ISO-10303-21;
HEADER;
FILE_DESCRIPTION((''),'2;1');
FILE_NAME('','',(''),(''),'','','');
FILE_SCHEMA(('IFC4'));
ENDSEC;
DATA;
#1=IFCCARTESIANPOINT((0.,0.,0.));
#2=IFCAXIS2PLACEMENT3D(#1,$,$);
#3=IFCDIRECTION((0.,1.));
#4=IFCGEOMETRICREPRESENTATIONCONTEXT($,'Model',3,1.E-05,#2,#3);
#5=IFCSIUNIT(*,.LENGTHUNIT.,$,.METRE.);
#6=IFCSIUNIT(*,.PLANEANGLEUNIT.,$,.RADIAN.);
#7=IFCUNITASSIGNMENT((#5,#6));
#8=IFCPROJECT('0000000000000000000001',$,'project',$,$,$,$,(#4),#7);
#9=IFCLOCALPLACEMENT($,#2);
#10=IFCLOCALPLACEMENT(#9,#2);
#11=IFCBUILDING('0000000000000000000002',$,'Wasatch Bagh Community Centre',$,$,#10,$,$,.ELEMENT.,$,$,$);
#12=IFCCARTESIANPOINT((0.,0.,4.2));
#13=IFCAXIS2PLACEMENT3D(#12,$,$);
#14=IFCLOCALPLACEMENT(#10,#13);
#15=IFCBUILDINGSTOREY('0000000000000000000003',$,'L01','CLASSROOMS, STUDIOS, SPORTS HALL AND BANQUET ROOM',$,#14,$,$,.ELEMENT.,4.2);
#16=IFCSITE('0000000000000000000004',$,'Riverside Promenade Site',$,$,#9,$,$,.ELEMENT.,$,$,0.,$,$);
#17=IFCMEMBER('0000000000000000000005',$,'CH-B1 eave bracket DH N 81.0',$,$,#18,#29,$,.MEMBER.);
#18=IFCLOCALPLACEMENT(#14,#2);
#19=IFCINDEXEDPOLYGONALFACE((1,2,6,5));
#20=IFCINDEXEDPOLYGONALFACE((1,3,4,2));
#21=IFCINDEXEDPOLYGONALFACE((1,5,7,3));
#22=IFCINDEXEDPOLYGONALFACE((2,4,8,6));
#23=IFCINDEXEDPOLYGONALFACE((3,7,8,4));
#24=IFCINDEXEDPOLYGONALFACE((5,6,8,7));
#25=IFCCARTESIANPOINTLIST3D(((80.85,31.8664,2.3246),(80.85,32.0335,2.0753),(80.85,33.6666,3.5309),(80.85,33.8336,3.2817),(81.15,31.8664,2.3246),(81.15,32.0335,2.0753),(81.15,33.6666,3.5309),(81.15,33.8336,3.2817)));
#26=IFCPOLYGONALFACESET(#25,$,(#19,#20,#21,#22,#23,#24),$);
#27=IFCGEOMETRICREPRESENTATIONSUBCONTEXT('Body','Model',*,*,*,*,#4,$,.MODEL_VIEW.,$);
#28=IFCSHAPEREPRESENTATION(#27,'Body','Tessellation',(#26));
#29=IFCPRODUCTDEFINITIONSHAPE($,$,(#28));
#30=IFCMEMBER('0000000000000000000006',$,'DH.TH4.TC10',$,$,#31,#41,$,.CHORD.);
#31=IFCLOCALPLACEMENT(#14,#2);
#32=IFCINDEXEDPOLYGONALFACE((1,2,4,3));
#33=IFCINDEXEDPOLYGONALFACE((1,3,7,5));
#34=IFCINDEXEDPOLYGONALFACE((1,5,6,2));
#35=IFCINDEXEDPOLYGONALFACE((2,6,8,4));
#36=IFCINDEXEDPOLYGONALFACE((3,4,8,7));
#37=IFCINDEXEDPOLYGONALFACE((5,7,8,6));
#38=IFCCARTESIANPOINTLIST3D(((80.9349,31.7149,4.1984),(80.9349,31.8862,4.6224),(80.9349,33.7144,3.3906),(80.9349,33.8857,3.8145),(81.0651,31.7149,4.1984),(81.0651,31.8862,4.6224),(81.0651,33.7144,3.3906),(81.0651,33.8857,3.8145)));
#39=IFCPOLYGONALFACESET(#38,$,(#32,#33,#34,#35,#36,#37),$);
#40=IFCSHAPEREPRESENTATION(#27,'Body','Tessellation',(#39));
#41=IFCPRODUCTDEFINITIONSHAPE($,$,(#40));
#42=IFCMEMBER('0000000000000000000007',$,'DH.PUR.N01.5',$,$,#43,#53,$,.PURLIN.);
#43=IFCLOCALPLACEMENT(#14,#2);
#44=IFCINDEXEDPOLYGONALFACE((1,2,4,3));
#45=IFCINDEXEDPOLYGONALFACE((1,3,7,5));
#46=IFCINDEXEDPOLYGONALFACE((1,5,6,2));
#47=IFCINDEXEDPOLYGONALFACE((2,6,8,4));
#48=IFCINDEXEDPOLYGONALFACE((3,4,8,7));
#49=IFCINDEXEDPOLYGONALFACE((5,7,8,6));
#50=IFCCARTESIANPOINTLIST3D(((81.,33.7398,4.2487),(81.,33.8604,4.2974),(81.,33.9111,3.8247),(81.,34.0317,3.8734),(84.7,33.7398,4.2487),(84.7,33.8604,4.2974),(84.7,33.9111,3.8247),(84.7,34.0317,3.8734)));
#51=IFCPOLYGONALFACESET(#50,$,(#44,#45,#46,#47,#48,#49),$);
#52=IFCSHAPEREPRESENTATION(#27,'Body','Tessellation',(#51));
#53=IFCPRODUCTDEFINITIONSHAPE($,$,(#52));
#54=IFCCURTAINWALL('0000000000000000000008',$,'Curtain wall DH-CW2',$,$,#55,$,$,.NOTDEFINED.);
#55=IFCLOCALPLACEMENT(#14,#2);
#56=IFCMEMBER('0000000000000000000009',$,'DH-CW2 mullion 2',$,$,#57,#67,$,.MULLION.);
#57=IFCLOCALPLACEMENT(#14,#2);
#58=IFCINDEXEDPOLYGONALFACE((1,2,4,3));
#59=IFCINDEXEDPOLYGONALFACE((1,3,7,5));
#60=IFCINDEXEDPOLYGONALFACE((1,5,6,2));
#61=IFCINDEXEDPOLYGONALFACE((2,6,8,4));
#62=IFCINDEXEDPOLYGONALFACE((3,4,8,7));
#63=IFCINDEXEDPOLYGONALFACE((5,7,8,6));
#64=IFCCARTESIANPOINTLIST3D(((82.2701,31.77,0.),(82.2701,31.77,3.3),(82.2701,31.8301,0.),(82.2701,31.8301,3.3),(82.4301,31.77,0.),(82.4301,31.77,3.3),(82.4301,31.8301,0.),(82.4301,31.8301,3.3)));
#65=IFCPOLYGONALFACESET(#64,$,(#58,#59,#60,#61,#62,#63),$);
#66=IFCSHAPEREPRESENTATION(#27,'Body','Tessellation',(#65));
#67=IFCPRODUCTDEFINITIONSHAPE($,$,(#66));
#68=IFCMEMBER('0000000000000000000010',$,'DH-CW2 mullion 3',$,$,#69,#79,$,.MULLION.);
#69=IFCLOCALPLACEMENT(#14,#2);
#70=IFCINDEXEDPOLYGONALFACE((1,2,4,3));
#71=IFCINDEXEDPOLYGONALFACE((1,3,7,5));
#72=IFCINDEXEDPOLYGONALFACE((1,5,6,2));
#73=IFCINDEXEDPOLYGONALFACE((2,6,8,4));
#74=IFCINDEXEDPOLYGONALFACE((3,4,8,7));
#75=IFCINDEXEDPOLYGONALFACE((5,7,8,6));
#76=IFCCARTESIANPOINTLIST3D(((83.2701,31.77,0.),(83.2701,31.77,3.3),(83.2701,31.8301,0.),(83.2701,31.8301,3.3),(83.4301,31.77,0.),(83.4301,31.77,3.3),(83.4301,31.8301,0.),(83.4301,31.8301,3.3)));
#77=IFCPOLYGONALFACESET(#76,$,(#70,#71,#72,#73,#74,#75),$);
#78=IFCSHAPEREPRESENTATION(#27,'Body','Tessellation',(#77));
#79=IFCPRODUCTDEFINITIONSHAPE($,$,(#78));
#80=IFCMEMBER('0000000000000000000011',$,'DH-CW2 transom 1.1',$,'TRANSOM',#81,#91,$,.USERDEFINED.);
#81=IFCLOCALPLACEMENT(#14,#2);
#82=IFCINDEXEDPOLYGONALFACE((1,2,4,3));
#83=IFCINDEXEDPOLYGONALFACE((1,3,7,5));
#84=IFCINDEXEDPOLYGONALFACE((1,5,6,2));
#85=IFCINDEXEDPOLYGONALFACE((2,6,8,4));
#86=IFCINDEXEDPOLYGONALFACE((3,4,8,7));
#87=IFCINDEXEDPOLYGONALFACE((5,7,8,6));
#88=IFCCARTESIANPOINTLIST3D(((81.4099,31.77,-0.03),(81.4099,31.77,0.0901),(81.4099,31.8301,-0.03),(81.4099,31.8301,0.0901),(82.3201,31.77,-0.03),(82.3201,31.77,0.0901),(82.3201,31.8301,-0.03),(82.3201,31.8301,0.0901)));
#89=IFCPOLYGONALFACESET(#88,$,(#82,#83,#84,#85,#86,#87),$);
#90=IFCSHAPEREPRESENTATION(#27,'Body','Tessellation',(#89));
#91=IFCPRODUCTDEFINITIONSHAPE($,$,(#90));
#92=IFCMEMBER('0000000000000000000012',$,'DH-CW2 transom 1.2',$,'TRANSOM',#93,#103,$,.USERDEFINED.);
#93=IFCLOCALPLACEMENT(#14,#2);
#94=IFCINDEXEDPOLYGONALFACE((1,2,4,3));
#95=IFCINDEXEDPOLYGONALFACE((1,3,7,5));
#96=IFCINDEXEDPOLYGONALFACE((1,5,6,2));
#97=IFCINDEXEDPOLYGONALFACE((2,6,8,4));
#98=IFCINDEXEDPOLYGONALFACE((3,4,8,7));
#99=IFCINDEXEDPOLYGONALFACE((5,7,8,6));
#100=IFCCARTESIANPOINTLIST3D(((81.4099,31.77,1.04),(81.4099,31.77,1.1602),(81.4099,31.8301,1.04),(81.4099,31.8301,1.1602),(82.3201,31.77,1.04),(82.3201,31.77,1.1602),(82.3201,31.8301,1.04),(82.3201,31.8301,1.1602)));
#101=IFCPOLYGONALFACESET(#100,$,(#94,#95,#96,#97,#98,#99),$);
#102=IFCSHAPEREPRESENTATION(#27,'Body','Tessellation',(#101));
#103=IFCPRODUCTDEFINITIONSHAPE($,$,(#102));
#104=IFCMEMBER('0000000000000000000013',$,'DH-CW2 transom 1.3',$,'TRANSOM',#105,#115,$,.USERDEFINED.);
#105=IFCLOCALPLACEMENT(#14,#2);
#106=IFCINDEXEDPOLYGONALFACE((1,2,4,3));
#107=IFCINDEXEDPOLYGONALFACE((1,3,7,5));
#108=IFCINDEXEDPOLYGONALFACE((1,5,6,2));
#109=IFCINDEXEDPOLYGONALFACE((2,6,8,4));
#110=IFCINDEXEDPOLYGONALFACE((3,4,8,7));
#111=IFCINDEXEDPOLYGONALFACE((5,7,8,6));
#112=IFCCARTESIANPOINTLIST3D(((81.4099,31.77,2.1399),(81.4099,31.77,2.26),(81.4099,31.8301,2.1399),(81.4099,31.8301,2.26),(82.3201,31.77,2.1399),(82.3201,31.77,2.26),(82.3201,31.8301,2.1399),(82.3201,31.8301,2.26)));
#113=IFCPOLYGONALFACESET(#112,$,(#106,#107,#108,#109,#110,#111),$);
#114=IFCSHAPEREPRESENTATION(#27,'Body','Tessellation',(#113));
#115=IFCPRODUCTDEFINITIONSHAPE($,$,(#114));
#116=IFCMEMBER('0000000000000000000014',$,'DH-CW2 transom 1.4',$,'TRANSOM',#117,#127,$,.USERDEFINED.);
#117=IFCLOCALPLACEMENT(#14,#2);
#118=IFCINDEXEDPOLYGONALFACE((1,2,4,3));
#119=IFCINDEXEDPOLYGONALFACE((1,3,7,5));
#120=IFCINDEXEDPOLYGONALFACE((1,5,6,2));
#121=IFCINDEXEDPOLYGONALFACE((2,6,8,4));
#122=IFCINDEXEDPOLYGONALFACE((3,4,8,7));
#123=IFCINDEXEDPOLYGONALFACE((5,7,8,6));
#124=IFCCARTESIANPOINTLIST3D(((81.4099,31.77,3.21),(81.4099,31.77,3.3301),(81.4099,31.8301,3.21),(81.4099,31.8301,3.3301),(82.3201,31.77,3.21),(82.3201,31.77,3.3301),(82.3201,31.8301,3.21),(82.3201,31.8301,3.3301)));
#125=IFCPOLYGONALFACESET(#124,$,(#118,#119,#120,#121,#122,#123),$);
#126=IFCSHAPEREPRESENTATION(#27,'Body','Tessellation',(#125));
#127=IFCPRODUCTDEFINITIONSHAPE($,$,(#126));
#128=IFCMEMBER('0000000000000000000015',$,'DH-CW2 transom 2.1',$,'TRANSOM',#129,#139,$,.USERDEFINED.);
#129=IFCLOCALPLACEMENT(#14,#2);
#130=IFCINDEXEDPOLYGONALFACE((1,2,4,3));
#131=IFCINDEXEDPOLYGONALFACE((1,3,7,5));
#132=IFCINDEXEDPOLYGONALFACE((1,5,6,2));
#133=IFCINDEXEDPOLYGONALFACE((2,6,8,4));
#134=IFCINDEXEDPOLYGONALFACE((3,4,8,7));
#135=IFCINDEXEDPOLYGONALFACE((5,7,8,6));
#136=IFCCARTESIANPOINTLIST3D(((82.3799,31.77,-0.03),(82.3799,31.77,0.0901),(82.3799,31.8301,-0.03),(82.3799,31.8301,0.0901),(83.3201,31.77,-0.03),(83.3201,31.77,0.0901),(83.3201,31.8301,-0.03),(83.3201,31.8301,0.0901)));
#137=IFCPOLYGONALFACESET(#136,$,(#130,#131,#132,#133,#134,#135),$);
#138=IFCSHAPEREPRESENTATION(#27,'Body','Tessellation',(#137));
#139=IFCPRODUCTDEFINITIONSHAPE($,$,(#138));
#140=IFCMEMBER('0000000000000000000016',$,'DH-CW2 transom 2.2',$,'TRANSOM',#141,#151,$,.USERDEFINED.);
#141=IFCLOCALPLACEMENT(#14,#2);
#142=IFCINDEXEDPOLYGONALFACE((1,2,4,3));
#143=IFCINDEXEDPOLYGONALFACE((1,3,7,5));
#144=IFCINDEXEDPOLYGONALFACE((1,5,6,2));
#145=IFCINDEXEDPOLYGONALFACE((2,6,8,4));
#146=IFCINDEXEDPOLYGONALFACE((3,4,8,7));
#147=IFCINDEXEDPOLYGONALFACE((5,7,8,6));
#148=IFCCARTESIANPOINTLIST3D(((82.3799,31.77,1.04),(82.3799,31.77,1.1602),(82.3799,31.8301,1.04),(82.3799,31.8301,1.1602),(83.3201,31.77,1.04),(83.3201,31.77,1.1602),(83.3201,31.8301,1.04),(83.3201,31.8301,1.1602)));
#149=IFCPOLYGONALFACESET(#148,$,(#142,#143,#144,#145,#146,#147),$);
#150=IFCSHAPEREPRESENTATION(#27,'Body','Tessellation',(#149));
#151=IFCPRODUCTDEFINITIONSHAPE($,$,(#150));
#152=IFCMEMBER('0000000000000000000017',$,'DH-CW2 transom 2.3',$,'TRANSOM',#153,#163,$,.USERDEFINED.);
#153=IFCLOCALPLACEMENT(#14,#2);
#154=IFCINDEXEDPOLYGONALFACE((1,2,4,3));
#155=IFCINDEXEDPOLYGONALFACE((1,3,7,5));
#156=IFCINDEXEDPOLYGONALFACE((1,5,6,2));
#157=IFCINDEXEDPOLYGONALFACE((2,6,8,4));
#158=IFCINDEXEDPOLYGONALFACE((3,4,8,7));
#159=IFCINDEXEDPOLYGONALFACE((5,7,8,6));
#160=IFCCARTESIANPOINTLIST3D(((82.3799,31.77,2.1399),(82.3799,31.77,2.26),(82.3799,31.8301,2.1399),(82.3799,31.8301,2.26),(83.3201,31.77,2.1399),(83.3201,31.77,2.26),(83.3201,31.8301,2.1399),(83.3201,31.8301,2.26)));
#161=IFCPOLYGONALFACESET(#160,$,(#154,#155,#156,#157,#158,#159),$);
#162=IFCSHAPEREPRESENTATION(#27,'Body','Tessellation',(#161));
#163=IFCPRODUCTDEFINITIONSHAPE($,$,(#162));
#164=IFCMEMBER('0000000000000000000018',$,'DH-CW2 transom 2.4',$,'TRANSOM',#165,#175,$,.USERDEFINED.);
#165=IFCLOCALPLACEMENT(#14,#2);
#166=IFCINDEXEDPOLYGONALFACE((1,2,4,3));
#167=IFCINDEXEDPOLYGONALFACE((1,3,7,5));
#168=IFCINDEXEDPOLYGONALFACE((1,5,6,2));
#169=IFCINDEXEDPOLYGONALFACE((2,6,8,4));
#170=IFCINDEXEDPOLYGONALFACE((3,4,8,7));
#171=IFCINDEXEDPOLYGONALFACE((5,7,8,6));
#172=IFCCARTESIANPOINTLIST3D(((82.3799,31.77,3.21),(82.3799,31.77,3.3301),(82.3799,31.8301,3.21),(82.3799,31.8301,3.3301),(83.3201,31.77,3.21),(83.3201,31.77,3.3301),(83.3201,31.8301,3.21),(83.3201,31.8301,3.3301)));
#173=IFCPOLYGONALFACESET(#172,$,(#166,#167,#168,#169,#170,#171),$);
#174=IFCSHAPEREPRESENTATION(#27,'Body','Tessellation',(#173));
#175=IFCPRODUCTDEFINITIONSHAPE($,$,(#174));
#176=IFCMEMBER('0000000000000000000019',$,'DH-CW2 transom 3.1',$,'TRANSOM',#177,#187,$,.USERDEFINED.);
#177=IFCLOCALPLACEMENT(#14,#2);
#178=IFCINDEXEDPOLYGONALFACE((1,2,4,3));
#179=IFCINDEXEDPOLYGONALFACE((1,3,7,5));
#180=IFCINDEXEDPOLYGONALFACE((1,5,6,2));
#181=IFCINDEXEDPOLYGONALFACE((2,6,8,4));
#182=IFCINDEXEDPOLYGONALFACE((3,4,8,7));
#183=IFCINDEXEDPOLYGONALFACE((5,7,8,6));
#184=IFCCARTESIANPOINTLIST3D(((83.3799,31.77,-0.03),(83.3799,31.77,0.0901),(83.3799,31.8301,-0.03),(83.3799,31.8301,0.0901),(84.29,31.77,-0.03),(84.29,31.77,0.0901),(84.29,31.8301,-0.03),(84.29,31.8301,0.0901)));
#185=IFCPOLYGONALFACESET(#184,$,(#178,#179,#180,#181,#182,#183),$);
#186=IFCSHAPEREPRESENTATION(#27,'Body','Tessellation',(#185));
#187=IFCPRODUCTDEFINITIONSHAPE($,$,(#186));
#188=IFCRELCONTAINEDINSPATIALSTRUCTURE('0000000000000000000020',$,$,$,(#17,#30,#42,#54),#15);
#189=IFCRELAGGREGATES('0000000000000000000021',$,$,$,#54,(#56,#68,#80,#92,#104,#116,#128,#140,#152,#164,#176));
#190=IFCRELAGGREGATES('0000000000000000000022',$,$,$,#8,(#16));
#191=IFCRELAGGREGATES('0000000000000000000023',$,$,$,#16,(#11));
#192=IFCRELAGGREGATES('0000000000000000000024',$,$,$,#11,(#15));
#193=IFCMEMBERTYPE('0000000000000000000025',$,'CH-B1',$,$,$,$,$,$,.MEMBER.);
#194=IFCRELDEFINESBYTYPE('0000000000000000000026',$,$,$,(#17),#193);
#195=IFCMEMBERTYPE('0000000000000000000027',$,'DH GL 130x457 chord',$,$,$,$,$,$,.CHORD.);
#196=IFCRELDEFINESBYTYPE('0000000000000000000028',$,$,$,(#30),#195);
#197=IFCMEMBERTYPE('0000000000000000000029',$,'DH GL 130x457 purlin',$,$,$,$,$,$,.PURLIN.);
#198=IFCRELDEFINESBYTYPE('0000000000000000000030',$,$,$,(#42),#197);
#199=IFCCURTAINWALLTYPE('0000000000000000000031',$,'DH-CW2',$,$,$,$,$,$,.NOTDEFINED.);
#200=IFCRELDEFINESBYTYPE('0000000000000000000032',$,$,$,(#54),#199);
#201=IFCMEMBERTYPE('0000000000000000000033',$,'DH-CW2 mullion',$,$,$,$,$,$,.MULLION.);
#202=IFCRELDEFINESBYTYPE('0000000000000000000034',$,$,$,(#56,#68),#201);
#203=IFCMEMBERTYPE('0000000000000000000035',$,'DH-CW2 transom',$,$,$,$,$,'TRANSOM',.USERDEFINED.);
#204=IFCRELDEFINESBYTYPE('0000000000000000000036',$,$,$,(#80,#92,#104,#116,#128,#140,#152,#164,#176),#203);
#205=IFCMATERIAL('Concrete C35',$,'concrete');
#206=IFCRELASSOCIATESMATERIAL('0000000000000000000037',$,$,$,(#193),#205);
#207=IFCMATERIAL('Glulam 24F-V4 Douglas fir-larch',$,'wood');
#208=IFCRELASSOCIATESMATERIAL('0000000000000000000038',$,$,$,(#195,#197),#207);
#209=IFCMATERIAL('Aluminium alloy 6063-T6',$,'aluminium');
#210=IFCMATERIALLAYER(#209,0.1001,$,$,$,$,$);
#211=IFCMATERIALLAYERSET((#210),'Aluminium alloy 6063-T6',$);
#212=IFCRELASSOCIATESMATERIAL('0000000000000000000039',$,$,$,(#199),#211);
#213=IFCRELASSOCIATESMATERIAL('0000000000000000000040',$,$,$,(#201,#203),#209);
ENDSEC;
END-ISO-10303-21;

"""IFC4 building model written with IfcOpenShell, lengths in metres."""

from ifc_helpers import new_model, si_unit, direction, frame, origin, origin_2d, place, context, subcontext, project, spatial, rectangle, extrude, material, layer, layer_set, material_profile, profile_set, type_object, element, aggregate, save


model = new_model("IFC4")

# Units and contexts
model_context = context("Model", 3, precision=1e-05, world=origin(), true_north=direction((0.0, 1.0)))
body_context = subcontext(model_context, "Body", "Model", "MODEL_VIEW")
ifc_project = project(units=[si_unit("LENGTHUNIT", "METRE"), si_unit("PLANEANGLEUNIT", "RADIAN")], contexts=[model_context])

# Site, building, storey
site_placement = place(None, origin())
site = spatial("IfcSite", under=ifc_project, at=site_placement, Name="Riverside Promenade Site", CompositionType="ELEMENT", RefElevation=0.0)
building_placement = place(site_placement, origin())
building = spatial("IfcBuilding", under=site, at=building_placement, Name="Wasatch Bagh Community Centre", CompositionType="ELEMENT")
storey_placement = place(building_placement, frame((0.0, 0.0, 4.2)))
storey = spatial("IfcBuildingStorey", under=building, at=storey_placement, Name="L01", Description="CLASSROOMS, STUDIOS, SPORTS HALL AND BANQUET ROOM", CompositionType="ELEMENT", Elevation=4.2)

# Members
ifc_material_1 = material(Name="Concrete C35", Category="concrete")
ifc_material_profile_1 = material_profile(ifc_material_1, rectangle(XDim=0.3, YDim=0.3, at=origin_2d()), Name="RC 300x300")
ifc_profile_set_1 = profile_set([ifc_material_profile_1], Name="Concrete C35")
member_type_1 = type_object("IfcMemberType", Name="CH-B1", PredefinedType="MEMBER", material=ifc_profile_set_1)
member_1_placement = place(storey_placement, frame((81.0, 31.95, 2.2), z_axis=(0.0, 0.830713, 0.556701), x_axis=(-1.0, 0.0, 0.0)))
element("IfcMember", 1, at=member_1_placement, inside=storey, type_object=member_type_1, Name="CH-B1 eave bracket DH N 81.0", PredefinedType="MEMBER", context=body_context, shape_type="SweptSolid", body=[
    extrude(rectangle(XDim=0.3, YDim=0.3, at=origin_2d()), origin(), (0.0, 0.0, 1.0), 2.167),
])
ifc_material_2 = material(Name="Glulam 24F-V4 Douglas fir-larch", Category="wood")
ifc_material_profile_2 = material_profile(ifc_material_2, rectangle(XDim=0.1301, YDim=0.4573, at=origin_2d()), Name="GL 130x457")
ifc_profile_set_2 = profile_set([ifc_material_profile_2], Name="Glulam 24F-V4 Douglas fir-larch")
member_type_2 = type_object("IfcMemberType", Name="DH GL 130x457 chord", PredefinedType="CHORD", material=ifc_profile_set_2)
member_2_placement = place(storey_placement, frame((81.0, 31.8005, 4.4104), z_axis=(0.0, 0.927183, -0.374609), x_axis=(-1.0, 0.0, 0.0)))
element("IfcMember", 2, at=member_2_placement, inside=storey, type_object=member_type_2, Name="DH.TH4.TC10", PredefinedType="CHORD", context=body_context, shape_type="SweptSolid", body=[
    extrude(rectangle(XDim=0.1301, YDim=0.4573, at=origin_2d()), origin(), (0.0, 0.0, 1.0), 2.1565),
])
ifc_material_profile_3 = material_profile(ifc_material_2, rectangle(XDim=0.1301, YDim=0.4573, at=origin_2d()), Name="GL 130x457")
ifc_profile_set_3 = profile_set([ifc_material_profile_3], Name="Glulam 24F-V4 Douglas fir-larch")
member_type_3 = type_object("IfcMemberType", Name="DH GL 130x457 purlin", PredefinedType="PURLIN", material=ifc_profile_set_3)
member_3_placement = place(storey_placement, frame((81.0, 33.8857, 4.061), z_axis=(1.0, 0.0, 0.0), x_axis=(0.0, 0.927184, 0.374607)))
element("IfcMember", 3, at=member_3_placement, inside=storey, type_object=member_type_3, Name="DH.PUR.N01.5", PredefinedType="PURLIN", context=body_context, shape_type="SweptSolid", body=[
    extrude(rectangle(XDim=0.1301, YDim=0.4573, at=origin_2d()), origin(), (0.0, 0.0, 1.0), 3.7),
])

# Curtain wall, members
ifc_material_3 = material(Name="Aluminium alloy 6063-T6", Category="aluminium")
ifc_layer_1 = layer(ifc_material_3, 0.1001)
ifc_layer_set_1 = layer_set([ifc_layer_1], Name="Aluminium alloy 6063-T6")
curtain_wall_type = type_object("IfcCurtainWallType", Name="DH-CW2", PredefinedType="NOTDEFINED", material=ifc_layer_set_1)
curtain_wall_placement = place(storey_placement, origin())
curtain_wall = element("IfcCurtainWall", 4, at=curtain_wall_placement, inside=storey, type_object=curtain_wall_type, Name="Curtain wall DH-CW2", PredefinedType="NOTDEFINED")
ifc_material_profile_4 = material_profile(ifc_material_3, rectangle(XDim=0.0601, YDim=0.1599, at=origin_2d()), Name="AL 60x160")
ifc_profile_set_4 = profile_set([ifc_material_profile_4], Name="Aluminium alloy 6063-T6")
member_type_4 = type_object("IfcMemberType", Name="DH-CW2 mullion", PredefinedType="MULLION", material=ifc_profile_set_4)
member_4_placement = place(storey_placement, frame((82.3501, 31.8, 0.0), z_axis=(0.0, 0.0, 1.0), x_axis=(0.0, 1.0, 0.0)))
member_4 = element("IfcMember", 5, at=member_4_placement, type_object=member_type_4, Name="DH-CW2 mullion 2", PredefinedType="MULLION", context=body_context, shape_type="SweptSolid", body=[
    extrude(rectangle(XDim=0.0601, YDim=0.1599, at=origin_2d()), origin(), (0.0, 0.0, 1.0), 3.3),
])
member_5_placement = place(storey_placement, frame((83.3501, 31.8, 0.0), z_axis=(0.0, 0.0, 1.0), x_axis=(0.0, 1.0, 0.0)))
member_5 = element("IfcMember", 6, at=member_5_placement, type_object=member_type_4, Name="DH-CW2 mullion 3", PredefinedType="MULLION", context=body_context, shape_type="SweptSolid", body=[
    extrude(rectangle(XDim=0.0601, YDim=0.1599, at=origin_2d()), origin(), (0.0, 0.0, 1.0), 3.3),
])
ifc_material_profile_5 = material_profile(ifc_material_3, rectangle(XDim=0.0601, YDim=0.1201, at=origin_2d()), Name="AL 60x120")
ifc_profile_set_5 = profile_set([ifc_material_profile_5], Name="Aluminium alloy 6063-T6")
member_type_5 = type_object("IfcMemberType", Name="DH-CW2 transom", ElementType="TRANSOM", PredefinedType="USERDEFINED", material=ifc_profile_set_5)
member_6_placement = place(storey_placement, frame((81.4099, 31.8, 0.03), z_axis=(1.0, 0.0, 0.0), x_axis=(0.0, 1.0, 0.0)))
member_6 = element("IfcMember", 7, at=member_6_placement, type_object=member_type_5, Name="DH-CW2 transom 1.1", ObjectType="TRANSOM", PredefinedType="USERDEFINED", context=body_context, shape_type="SweptSolid", body=[
    extrude(rectangle(XDim=0.0601, YDim=0.1201, at=origin_2d()), origin(), (0.0, 0.0, 1.0), 0.9102),
])
member_7_placement = place(storey_placement, frame((81.4099, 31.8, 1.1001), z_axis=(1.0, 0.0, 0.0), x_axis=(0.0, 1.0, 0.0)))
member_7 = element("IfcMember", 8, at=member_7_placement, type_object=member_type_5, Name="DH-CW2 transom 1.2", ObjectType="TRANSOM", PredefinedType="USERDEFINED", context=body_context, shape_type="SweptSolid", body=[
    extrude(rectangle(XDim=0.0601, YDim=0.1201, at=origin_2d()), origin(), (0.0, 0.0, 1.0), 0.9102),
])
member_8_placement = place(storey_placement, frame((81.4099, 31.8, 2.2), z_axis=(1.0, 0.0, 0.0), x_axis=(0.0, 1.0, 0.0)))
member_8 = element("IfcMember", 9, at=member_8_placement, type_object=member_type_5, Name="DH-CW2 transom 1.3", ObjectType="TRANSOM", PredefinedType="USERDEFINED", context=body_context, shape_type="SweptSolid", body=[
    extrude(rectangle(XDim=0.0601, YDim=0.1201, at=origin_2d()), origin(), (0.0, 0.0, 1.0), 0.9102),
])
member_9_placement = place(storey_placement, frame((81.4099, 31.8, 3.27), z_axis=(1.0, 0.0, 0.0), x_axis=(0.0, 1.0, 0.0)))
member_9 = element("IfcMember", 10, at=member_9_placement, type_object=member_type_5, Name="DH-CW2 transom 1.4", ObjectType="TRANSOM", PredefinedType="USERDEFINED", context=body_context, shape_type="SweptSolid", body=[
    extrude(rectangle(XDim=0.0601, YDim=0.1201, at=origin_2d()), origin(), (0.0, 0.0, 1.0), 0.9102),
])
member_10_placement = place(storey_placement, frame((82.3799, 31.8, 0.03), z_axis=(1.0, 0.0, 0.0), x_axis=(0.0, 1.0, 0.0)))
member_10 = element("IfcMember", 11, at=member_10_placement, type_object=member_type_5, Name="DH-CW2 transom 2.1", ObjectType="TRANSOM", PredefinedType="USERDEFINED", context=body_context, shape_type="SweptSolid", body=[
    extrude(rectangle(XDim=0.0601, YDim=0.1201, at=origin_2d()), origin(), (0.0, 0.0, 1.0), 0.9402),
])
member_11_placement = place(storey_placement, frame((82.3799, 31.8, 1.1001), z_axis=(1.0, 0.0, 0.0), x_axis=(0.0, 1.0, 0.0)))
member_11 = element("IfcMember", 12, at=member_11_placement, type_object=member_type_5, Name="DH-CW2 transom 2.2", ObjectType="TRANSOM", PredefinedType="USERDEFINED", context=body_context, shape_type="SweptSolid", body=[
    extrude(rectangle(XDim=0.0601, YDim=0.1201, at=origin_2d()), origin(), (0.0, 0.0, 1.0), 0.9402),
])
member_12_placement = place(storey_placement, frame((82.3799, 31.8, 2.2), z_axis=(1.0, 0.0, 0.0), x_axis=(0.0, 1.0, 0.0)))
member_12 = element("IfcMember", 13, at=member_12_placement, type_object=member_type_5, Name="DH-CW2 transom 2.3", ObjectType="TRANSOM", PredefinedType="USERDEFINED", context=body_context, shape_type="SweptSolid", body=[
    extrude(rectangle(XDim=0.0601, YDim=0.1201, at=origin_2d()), origin(), (0.0, 0.0, 1.0), 0.9402),
])
member_13_placement = place(storey_placement, frame((82.3799, 31.8, 3.27), z_axis=(1.0, 0.0, 0.0), x_axis=(0.0, 1.0, 0.0)))
member_13 = element("IfcMember", 14, at=member_13_placement, type_object=member_type_5, Name="DH-CW2 transom 2.4", ObjectType="TRANSOM", PredefinedType="USERDEFINED", context=body_context, shape_type="SweptSolid", body=[
    extrude(rectangle(XDim=0.0601, YDim=0.1201, at=origin_2d()), origin(), (0.0, 0.0, 1.0), 0.9402),
])
member_14_placement = place(storey_placement, frame((83.3799, 31.8, 0.03), z_axis=(1.0, 0.0, 0.0), x_axis=(0.0, 1.0, 0.0)))
member_14 = element("IfcMember", 15, at=member_14_placement, type_object=member_type_5, Name="DH-CW2 transom 3.1", ObjectType="TRANSOM", PredefinedType="USERDEFINED", context=body_context, shape_type="SweptSolid", body=[
    extrude(rectangle(XDim=0.0601, YDim=0.1201, at=origin_2d()), origin(), (0.0, 0.0, 1.0), 0.9102),
])
aggregate(curtain_wall, [member_4, member_5, member_6, member_7, member_8, member_9, member_10, member_11, member_12, member_13, member_14])

save(model, "model.ifc")
